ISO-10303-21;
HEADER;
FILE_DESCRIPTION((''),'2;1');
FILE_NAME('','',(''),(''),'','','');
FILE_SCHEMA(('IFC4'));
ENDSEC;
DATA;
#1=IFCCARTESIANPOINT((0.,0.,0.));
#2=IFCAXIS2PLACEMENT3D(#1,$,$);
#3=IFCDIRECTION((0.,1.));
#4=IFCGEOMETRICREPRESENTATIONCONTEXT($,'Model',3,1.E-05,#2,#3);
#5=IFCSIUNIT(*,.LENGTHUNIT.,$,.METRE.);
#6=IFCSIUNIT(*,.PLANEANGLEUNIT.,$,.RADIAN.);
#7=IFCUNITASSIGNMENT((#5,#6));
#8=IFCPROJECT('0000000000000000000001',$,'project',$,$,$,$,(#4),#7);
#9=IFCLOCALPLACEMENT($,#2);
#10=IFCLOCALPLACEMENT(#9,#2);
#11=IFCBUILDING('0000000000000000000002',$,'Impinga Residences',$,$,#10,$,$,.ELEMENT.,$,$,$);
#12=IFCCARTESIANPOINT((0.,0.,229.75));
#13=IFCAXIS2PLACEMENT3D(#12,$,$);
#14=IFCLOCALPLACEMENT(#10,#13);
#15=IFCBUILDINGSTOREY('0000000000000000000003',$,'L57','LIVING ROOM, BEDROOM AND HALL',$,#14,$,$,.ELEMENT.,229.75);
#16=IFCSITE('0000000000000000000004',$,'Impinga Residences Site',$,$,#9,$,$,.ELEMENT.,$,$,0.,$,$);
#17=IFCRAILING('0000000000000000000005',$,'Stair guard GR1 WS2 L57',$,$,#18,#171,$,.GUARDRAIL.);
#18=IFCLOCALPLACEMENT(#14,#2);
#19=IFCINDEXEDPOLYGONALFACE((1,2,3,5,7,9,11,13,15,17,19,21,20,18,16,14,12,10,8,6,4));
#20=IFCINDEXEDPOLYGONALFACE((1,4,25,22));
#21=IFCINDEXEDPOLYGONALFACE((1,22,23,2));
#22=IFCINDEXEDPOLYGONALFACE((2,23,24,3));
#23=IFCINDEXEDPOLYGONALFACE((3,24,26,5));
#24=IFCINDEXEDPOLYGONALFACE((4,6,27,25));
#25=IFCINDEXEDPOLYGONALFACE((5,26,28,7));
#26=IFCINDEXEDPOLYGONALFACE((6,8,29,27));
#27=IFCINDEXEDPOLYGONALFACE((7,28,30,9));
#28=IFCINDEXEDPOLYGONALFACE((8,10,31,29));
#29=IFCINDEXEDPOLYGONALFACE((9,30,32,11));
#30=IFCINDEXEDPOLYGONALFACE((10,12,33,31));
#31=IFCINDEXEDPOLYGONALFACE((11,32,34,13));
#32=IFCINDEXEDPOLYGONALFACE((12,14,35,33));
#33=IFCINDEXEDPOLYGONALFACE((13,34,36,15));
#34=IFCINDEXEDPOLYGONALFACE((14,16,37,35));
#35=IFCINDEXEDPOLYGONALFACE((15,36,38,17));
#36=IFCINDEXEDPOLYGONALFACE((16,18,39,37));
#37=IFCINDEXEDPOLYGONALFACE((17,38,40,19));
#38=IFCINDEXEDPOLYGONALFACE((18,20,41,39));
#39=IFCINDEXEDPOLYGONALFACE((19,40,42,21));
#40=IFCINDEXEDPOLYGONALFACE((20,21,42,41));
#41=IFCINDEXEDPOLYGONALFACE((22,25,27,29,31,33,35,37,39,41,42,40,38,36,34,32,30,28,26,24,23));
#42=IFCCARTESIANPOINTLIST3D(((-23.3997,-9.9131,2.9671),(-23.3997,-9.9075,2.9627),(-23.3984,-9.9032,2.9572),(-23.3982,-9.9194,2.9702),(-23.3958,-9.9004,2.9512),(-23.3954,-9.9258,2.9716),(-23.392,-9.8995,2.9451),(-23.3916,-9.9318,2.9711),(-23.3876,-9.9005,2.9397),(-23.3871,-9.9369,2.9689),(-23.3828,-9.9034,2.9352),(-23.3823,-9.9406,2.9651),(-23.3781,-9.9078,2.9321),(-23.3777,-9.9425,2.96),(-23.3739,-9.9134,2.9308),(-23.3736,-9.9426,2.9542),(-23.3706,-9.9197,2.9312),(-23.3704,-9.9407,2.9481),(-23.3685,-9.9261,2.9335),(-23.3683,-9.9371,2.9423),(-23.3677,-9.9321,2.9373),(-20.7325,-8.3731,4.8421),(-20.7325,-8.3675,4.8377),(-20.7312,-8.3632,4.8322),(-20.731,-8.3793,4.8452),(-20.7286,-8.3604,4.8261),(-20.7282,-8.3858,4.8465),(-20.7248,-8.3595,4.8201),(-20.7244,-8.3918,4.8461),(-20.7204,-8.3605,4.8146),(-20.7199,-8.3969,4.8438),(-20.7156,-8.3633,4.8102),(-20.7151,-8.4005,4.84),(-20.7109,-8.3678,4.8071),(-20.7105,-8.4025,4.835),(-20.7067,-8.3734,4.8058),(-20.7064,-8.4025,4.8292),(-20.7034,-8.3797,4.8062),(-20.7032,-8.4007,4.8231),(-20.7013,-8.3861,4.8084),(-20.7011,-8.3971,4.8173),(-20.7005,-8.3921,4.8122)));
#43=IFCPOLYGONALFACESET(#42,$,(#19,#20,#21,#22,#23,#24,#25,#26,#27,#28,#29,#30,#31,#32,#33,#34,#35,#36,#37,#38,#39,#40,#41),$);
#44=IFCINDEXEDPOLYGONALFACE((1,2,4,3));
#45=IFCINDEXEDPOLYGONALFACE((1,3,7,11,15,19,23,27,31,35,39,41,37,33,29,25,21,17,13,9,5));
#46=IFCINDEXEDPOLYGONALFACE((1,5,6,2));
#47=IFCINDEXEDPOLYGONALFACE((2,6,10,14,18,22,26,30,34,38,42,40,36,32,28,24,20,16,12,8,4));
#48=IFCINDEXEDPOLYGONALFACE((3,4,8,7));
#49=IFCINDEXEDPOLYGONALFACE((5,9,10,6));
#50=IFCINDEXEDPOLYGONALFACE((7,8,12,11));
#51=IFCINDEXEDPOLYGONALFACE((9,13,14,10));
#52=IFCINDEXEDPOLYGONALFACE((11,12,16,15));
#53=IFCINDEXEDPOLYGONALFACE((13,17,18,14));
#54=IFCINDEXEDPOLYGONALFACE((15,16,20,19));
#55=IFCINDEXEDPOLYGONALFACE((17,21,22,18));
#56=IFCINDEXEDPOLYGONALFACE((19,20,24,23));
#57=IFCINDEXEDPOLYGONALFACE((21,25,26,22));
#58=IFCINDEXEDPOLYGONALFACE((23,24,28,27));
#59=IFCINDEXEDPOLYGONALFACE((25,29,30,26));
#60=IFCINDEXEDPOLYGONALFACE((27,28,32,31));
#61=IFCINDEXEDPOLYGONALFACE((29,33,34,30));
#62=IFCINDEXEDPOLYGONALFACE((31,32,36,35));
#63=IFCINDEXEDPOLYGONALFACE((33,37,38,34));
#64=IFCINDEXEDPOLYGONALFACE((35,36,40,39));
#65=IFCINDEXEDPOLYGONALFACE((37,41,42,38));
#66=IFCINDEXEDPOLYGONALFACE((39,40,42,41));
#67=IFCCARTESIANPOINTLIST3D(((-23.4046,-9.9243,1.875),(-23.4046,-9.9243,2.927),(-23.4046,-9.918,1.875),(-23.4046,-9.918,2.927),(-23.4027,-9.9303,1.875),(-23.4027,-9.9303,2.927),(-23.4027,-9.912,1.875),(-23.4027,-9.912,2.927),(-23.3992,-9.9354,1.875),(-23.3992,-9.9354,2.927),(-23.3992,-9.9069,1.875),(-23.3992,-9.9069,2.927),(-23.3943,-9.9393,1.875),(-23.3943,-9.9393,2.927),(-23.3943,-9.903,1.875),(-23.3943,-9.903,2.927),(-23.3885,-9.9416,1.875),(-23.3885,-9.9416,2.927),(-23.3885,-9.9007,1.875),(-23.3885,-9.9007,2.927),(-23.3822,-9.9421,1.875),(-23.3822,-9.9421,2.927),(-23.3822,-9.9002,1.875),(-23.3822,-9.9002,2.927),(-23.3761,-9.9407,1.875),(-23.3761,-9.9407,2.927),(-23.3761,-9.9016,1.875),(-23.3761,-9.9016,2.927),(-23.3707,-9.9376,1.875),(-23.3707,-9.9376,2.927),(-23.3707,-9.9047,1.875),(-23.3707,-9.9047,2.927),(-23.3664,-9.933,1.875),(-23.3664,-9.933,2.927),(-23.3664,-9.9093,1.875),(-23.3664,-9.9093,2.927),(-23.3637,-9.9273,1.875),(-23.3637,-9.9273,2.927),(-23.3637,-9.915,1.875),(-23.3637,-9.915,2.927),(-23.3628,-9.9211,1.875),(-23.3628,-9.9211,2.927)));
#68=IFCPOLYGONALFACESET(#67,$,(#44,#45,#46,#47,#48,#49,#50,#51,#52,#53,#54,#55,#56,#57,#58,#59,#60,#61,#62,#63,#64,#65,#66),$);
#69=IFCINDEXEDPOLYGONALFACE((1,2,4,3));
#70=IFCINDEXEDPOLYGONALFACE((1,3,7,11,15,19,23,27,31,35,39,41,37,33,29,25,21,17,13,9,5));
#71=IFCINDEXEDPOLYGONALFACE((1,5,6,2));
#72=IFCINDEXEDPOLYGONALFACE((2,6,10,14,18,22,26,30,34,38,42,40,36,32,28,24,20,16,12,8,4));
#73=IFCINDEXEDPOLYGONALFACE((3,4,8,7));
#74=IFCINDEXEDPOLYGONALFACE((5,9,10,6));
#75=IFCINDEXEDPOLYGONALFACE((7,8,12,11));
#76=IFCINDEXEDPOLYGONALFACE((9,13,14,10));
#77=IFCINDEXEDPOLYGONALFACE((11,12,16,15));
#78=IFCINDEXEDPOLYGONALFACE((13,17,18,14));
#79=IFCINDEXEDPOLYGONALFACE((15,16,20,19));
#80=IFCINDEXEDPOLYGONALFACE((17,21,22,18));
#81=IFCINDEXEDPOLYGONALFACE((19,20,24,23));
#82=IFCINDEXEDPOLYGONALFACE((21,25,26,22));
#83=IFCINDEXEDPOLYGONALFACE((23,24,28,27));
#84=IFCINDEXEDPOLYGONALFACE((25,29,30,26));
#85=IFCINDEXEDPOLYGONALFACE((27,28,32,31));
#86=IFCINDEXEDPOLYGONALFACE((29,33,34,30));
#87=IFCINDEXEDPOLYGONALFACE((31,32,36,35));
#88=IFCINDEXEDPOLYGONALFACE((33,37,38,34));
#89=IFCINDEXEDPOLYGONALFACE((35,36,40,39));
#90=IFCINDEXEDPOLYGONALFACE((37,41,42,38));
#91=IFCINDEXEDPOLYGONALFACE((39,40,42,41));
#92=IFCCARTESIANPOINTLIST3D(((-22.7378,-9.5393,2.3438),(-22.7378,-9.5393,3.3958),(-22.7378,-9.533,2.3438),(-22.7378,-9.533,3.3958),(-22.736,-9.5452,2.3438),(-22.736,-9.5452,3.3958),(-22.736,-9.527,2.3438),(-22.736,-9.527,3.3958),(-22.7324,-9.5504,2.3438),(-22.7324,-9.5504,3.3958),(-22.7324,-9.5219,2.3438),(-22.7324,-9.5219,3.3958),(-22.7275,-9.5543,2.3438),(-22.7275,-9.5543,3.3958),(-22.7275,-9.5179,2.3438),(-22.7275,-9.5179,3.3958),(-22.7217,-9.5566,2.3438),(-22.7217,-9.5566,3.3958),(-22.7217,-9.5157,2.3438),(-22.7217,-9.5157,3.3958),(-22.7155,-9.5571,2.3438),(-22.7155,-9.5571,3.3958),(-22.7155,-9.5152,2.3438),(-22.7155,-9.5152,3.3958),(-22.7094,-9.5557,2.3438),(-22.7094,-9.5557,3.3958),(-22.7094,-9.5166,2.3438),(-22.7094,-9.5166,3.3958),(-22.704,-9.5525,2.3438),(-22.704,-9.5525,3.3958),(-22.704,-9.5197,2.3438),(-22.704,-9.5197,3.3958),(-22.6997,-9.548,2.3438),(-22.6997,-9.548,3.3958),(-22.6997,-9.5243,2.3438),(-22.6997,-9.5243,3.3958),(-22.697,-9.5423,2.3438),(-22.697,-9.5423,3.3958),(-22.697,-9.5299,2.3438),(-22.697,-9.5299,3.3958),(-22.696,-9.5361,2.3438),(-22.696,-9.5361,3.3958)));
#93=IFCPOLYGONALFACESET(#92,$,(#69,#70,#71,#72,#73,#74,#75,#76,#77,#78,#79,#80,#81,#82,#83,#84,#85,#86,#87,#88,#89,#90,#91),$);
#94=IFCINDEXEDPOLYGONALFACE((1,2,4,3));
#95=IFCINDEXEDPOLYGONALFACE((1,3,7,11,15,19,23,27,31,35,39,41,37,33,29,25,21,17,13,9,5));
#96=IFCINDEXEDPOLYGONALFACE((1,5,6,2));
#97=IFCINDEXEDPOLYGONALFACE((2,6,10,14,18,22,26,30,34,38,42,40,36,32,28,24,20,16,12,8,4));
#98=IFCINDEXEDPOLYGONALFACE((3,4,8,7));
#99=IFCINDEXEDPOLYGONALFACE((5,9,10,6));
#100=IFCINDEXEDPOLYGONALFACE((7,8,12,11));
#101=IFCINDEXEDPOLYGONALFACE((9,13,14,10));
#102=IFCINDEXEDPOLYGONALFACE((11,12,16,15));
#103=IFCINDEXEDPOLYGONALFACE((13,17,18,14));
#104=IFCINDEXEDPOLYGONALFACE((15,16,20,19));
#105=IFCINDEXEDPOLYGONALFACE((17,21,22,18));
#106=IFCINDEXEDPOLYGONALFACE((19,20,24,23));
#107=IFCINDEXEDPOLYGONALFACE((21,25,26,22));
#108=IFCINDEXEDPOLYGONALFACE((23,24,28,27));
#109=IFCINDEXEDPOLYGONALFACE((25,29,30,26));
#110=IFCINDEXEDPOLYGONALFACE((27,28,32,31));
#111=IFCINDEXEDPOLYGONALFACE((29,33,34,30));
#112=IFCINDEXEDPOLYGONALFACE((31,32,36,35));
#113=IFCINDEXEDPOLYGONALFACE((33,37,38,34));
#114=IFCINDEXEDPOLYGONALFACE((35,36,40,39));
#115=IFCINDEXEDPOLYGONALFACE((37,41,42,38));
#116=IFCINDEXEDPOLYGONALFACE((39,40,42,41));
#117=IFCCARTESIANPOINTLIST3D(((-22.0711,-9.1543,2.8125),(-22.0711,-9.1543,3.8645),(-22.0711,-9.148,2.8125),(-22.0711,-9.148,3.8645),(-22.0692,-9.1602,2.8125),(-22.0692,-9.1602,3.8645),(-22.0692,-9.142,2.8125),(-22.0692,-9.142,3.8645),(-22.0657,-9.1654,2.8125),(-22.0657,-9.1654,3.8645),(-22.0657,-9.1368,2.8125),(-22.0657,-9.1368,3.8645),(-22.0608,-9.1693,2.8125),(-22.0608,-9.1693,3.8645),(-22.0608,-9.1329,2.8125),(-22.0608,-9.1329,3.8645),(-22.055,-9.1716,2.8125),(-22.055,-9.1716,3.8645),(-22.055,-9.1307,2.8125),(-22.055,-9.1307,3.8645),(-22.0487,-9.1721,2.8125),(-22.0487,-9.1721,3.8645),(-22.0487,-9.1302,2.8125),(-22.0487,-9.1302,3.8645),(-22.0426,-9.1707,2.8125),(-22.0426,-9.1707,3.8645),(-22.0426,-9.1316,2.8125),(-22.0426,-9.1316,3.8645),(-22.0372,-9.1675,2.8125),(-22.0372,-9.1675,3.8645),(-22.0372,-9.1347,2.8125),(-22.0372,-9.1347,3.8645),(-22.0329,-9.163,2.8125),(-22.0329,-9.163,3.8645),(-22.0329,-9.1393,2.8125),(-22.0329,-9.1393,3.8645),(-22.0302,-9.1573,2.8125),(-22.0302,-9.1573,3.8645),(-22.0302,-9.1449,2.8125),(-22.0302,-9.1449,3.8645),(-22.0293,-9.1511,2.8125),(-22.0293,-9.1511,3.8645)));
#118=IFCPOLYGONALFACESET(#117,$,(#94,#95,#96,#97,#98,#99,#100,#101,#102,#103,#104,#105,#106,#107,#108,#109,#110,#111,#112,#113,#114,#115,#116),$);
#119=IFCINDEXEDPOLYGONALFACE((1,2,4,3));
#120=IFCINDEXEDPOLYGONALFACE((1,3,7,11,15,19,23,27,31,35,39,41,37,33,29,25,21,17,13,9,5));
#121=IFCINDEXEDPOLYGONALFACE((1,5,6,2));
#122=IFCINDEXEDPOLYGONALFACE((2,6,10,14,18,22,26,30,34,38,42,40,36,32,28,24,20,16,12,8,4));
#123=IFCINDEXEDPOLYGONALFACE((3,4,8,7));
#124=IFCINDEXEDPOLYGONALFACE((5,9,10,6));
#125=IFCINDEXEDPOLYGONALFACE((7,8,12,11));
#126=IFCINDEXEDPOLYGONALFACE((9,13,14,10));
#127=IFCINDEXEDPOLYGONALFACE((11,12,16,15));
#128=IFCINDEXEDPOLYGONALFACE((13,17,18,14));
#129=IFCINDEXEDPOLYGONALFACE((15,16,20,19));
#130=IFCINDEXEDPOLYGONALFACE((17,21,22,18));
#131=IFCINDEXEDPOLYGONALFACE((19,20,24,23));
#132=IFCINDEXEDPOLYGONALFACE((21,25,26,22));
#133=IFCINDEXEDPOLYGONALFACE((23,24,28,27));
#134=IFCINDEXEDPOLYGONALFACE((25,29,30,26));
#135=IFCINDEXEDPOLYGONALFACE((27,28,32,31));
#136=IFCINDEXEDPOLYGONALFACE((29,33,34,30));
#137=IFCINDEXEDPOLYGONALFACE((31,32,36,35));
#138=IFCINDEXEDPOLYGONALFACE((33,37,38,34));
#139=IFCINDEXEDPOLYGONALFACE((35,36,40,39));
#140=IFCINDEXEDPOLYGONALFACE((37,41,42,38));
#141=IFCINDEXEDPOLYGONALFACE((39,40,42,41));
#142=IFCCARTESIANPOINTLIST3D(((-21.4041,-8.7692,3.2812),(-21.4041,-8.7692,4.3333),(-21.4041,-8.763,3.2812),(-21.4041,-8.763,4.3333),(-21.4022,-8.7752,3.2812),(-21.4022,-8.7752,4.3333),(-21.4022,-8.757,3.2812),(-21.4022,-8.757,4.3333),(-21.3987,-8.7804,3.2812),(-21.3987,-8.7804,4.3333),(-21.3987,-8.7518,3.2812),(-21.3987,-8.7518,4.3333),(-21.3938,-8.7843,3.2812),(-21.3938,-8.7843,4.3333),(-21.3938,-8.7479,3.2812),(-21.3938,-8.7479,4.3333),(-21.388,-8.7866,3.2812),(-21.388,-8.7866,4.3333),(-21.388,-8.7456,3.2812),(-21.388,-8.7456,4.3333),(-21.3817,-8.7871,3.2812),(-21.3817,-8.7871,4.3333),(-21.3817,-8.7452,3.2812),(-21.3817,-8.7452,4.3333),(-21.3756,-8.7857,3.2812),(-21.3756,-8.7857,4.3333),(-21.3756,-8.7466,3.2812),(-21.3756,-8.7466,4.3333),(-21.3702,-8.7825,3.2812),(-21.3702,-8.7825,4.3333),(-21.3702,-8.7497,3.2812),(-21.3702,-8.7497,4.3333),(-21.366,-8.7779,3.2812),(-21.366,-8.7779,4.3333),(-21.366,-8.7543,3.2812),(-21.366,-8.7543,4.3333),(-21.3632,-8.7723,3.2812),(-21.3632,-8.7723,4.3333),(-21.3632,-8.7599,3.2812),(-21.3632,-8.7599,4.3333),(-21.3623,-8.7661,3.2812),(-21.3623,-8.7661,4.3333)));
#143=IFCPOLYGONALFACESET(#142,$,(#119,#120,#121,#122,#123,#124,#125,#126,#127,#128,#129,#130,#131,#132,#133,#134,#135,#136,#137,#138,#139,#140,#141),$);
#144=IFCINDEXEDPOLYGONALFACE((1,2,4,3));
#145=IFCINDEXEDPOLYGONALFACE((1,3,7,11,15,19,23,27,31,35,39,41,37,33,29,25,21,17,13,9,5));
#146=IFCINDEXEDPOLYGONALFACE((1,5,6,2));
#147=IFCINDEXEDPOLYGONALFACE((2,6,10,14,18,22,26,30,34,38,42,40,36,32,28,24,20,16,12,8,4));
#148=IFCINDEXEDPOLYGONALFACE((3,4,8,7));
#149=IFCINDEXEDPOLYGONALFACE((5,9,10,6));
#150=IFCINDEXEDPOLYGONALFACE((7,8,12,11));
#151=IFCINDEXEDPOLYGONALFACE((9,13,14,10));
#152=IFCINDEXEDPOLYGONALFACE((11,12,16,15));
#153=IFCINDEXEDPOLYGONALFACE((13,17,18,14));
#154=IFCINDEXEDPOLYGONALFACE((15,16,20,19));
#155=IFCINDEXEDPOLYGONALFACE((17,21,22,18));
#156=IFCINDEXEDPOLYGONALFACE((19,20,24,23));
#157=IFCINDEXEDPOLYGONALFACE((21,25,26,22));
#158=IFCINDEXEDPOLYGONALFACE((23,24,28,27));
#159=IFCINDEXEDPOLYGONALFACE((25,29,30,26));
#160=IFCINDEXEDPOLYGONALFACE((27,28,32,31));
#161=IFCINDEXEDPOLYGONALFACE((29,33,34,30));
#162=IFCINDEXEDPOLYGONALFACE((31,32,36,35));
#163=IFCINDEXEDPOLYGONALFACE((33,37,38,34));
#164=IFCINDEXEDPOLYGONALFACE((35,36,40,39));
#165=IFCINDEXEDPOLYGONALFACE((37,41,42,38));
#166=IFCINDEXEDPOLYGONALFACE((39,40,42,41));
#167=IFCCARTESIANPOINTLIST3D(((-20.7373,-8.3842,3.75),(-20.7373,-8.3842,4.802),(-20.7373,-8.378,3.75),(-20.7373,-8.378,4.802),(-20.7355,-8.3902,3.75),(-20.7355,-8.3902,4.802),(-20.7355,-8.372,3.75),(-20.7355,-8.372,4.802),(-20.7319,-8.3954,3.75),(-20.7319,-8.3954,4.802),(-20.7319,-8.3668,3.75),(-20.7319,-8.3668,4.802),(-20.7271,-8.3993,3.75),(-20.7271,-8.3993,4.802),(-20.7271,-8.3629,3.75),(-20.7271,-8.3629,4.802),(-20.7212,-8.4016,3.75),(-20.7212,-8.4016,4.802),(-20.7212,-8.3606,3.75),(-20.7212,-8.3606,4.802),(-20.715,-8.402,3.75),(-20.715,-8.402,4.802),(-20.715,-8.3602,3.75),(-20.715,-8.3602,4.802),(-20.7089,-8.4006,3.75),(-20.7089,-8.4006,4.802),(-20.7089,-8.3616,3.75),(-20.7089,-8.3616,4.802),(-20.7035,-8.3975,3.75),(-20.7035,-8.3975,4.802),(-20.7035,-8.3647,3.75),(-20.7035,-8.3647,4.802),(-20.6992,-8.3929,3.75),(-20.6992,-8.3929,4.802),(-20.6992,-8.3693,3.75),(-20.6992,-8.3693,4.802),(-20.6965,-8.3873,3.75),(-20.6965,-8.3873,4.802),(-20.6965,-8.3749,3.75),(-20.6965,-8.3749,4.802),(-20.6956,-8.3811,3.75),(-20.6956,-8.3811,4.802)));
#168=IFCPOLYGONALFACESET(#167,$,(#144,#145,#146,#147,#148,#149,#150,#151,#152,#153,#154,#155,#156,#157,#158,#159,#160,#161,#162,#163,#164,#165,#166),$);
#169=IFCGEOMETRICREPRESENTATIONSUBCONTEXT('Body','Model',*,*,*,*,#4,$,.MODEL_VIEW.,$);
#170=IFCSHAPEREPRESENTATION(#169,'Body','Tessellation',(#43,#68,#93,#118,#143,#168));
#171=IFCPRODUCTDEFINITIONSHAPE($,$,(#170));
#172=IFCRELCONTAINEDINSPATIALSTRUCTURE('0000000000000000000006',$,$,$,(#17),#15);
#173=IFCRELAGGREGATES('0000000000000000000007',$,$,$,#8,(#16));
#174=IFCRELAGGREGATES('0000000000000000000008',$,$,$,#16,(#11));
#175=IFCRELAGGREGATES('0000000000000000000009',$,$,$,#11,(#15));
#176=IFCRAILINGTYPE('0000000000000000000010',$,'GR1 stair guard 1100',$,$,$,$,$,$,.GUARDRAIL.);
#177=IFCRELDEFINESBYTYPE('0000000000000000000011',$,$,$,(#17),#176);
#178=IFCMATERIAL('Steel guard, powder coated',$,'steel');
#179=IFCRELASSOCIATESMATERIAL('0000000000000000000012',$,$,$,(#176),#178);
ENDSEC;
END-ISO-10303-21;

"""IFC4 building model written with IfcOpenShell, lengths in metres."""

from ifc_helpers import new_model, si_unit, direction, frame, origin, origin_2d, place, context, subcontext, project, spatial, circle, extrude, material, type_object, element, save


model = new_model("IFC4")

# Units and contexts
model_context = context("Model", 3, precision=1e-05, world=origin(), true_north=direction((0.0, 1.0)))
body_context = subcontext(model_context, "Body", "Model", "MODEL_VIEW")
ifc_project = project(units=[si_unit("LENGTHUNIT", "METRE"), si_unit("PLANEANGLEUNIT", "RADIAN")], contexts=[model_context])

# Site, building, storey
site_placement = place(None, origin())
site = spatial("IfcSite", under=ifc_project, at=site_placement, Name="Impinga Residences Site", CompositionType="ELEMENT", RefElevation=0.0)
building_placement = place(site_placement, origin())
building = spatial("IfcBuilding", under=site, at=building_placement, Name="Impinga Residences", CompositionType="ELEMENT")
storey_placement = place(building_placement, frame((0.0, 0.0, 229.75)))
storey = spatial("IfcBuildingStorey", under=building, at=storey_placement, Name="L57", Description="LIVING ROOM, BEDROOM AND HALL", CompositionType="ELEMENT", Elevation=229.75)

# Railing
ifc_material_1 = material(Name="Steel guard, powder coated", Category="steel")
railing_type = type_object("IfcRailingType", Name="GR1 stair guard 1100", PredefinedType="GUARDRAIL", material=ifc_material_1)
railing_placement = place(storey_placement, frame((-23.3838, -9.9211, 1.875)))
element("IfcRailing", 1, at=railing_placement, inside=storey, type_object=railing_type, Name="Stair guard GR1 WS2 L57", PredefinedType="GUARDRAIL", context=body_context, shape_type="SweptSolid", body=[
    extrude(circle(Radius=0.0239, at=origin_2d()), frame((0.0, 0.0, 1.0762), z_axis=(0.739716, 0.427105, 0.520002), x_axis=(-0.500027, 0.86601, 0.0)), (0.0, 0.0, 1.0), 3.6057),
    extrude(circle(Radius=0.021, at=origin_2d()), origin(), (0.0, 0.0, 1.0), 1.052),
    extrude(circle(Radius=0.021, at=origin_2d()), frame((0.6667, 0.385, 0.4688)), (0.0, 0.0, 1.0), 1.052),
    extrude(circle(Radius=0.021, at=origin_2d()), frame((1.3335, 0.77, 0.9375)), (0.0, 0.0, 1.0), 1.052),
    extrude(circle(Radius=0.021, at=origin_2d()), frame((2.0005, 1.155, 1.4062)), (0.0, 0.0, 1.0), 1.052),
    extrude(circle(Radius=0.021, at=origin_2d()), frame((2.6672, 1.54, 1.875)), (0.0, 0.0, 1.0), 1.052),
])

save(model, "model.ifc")
